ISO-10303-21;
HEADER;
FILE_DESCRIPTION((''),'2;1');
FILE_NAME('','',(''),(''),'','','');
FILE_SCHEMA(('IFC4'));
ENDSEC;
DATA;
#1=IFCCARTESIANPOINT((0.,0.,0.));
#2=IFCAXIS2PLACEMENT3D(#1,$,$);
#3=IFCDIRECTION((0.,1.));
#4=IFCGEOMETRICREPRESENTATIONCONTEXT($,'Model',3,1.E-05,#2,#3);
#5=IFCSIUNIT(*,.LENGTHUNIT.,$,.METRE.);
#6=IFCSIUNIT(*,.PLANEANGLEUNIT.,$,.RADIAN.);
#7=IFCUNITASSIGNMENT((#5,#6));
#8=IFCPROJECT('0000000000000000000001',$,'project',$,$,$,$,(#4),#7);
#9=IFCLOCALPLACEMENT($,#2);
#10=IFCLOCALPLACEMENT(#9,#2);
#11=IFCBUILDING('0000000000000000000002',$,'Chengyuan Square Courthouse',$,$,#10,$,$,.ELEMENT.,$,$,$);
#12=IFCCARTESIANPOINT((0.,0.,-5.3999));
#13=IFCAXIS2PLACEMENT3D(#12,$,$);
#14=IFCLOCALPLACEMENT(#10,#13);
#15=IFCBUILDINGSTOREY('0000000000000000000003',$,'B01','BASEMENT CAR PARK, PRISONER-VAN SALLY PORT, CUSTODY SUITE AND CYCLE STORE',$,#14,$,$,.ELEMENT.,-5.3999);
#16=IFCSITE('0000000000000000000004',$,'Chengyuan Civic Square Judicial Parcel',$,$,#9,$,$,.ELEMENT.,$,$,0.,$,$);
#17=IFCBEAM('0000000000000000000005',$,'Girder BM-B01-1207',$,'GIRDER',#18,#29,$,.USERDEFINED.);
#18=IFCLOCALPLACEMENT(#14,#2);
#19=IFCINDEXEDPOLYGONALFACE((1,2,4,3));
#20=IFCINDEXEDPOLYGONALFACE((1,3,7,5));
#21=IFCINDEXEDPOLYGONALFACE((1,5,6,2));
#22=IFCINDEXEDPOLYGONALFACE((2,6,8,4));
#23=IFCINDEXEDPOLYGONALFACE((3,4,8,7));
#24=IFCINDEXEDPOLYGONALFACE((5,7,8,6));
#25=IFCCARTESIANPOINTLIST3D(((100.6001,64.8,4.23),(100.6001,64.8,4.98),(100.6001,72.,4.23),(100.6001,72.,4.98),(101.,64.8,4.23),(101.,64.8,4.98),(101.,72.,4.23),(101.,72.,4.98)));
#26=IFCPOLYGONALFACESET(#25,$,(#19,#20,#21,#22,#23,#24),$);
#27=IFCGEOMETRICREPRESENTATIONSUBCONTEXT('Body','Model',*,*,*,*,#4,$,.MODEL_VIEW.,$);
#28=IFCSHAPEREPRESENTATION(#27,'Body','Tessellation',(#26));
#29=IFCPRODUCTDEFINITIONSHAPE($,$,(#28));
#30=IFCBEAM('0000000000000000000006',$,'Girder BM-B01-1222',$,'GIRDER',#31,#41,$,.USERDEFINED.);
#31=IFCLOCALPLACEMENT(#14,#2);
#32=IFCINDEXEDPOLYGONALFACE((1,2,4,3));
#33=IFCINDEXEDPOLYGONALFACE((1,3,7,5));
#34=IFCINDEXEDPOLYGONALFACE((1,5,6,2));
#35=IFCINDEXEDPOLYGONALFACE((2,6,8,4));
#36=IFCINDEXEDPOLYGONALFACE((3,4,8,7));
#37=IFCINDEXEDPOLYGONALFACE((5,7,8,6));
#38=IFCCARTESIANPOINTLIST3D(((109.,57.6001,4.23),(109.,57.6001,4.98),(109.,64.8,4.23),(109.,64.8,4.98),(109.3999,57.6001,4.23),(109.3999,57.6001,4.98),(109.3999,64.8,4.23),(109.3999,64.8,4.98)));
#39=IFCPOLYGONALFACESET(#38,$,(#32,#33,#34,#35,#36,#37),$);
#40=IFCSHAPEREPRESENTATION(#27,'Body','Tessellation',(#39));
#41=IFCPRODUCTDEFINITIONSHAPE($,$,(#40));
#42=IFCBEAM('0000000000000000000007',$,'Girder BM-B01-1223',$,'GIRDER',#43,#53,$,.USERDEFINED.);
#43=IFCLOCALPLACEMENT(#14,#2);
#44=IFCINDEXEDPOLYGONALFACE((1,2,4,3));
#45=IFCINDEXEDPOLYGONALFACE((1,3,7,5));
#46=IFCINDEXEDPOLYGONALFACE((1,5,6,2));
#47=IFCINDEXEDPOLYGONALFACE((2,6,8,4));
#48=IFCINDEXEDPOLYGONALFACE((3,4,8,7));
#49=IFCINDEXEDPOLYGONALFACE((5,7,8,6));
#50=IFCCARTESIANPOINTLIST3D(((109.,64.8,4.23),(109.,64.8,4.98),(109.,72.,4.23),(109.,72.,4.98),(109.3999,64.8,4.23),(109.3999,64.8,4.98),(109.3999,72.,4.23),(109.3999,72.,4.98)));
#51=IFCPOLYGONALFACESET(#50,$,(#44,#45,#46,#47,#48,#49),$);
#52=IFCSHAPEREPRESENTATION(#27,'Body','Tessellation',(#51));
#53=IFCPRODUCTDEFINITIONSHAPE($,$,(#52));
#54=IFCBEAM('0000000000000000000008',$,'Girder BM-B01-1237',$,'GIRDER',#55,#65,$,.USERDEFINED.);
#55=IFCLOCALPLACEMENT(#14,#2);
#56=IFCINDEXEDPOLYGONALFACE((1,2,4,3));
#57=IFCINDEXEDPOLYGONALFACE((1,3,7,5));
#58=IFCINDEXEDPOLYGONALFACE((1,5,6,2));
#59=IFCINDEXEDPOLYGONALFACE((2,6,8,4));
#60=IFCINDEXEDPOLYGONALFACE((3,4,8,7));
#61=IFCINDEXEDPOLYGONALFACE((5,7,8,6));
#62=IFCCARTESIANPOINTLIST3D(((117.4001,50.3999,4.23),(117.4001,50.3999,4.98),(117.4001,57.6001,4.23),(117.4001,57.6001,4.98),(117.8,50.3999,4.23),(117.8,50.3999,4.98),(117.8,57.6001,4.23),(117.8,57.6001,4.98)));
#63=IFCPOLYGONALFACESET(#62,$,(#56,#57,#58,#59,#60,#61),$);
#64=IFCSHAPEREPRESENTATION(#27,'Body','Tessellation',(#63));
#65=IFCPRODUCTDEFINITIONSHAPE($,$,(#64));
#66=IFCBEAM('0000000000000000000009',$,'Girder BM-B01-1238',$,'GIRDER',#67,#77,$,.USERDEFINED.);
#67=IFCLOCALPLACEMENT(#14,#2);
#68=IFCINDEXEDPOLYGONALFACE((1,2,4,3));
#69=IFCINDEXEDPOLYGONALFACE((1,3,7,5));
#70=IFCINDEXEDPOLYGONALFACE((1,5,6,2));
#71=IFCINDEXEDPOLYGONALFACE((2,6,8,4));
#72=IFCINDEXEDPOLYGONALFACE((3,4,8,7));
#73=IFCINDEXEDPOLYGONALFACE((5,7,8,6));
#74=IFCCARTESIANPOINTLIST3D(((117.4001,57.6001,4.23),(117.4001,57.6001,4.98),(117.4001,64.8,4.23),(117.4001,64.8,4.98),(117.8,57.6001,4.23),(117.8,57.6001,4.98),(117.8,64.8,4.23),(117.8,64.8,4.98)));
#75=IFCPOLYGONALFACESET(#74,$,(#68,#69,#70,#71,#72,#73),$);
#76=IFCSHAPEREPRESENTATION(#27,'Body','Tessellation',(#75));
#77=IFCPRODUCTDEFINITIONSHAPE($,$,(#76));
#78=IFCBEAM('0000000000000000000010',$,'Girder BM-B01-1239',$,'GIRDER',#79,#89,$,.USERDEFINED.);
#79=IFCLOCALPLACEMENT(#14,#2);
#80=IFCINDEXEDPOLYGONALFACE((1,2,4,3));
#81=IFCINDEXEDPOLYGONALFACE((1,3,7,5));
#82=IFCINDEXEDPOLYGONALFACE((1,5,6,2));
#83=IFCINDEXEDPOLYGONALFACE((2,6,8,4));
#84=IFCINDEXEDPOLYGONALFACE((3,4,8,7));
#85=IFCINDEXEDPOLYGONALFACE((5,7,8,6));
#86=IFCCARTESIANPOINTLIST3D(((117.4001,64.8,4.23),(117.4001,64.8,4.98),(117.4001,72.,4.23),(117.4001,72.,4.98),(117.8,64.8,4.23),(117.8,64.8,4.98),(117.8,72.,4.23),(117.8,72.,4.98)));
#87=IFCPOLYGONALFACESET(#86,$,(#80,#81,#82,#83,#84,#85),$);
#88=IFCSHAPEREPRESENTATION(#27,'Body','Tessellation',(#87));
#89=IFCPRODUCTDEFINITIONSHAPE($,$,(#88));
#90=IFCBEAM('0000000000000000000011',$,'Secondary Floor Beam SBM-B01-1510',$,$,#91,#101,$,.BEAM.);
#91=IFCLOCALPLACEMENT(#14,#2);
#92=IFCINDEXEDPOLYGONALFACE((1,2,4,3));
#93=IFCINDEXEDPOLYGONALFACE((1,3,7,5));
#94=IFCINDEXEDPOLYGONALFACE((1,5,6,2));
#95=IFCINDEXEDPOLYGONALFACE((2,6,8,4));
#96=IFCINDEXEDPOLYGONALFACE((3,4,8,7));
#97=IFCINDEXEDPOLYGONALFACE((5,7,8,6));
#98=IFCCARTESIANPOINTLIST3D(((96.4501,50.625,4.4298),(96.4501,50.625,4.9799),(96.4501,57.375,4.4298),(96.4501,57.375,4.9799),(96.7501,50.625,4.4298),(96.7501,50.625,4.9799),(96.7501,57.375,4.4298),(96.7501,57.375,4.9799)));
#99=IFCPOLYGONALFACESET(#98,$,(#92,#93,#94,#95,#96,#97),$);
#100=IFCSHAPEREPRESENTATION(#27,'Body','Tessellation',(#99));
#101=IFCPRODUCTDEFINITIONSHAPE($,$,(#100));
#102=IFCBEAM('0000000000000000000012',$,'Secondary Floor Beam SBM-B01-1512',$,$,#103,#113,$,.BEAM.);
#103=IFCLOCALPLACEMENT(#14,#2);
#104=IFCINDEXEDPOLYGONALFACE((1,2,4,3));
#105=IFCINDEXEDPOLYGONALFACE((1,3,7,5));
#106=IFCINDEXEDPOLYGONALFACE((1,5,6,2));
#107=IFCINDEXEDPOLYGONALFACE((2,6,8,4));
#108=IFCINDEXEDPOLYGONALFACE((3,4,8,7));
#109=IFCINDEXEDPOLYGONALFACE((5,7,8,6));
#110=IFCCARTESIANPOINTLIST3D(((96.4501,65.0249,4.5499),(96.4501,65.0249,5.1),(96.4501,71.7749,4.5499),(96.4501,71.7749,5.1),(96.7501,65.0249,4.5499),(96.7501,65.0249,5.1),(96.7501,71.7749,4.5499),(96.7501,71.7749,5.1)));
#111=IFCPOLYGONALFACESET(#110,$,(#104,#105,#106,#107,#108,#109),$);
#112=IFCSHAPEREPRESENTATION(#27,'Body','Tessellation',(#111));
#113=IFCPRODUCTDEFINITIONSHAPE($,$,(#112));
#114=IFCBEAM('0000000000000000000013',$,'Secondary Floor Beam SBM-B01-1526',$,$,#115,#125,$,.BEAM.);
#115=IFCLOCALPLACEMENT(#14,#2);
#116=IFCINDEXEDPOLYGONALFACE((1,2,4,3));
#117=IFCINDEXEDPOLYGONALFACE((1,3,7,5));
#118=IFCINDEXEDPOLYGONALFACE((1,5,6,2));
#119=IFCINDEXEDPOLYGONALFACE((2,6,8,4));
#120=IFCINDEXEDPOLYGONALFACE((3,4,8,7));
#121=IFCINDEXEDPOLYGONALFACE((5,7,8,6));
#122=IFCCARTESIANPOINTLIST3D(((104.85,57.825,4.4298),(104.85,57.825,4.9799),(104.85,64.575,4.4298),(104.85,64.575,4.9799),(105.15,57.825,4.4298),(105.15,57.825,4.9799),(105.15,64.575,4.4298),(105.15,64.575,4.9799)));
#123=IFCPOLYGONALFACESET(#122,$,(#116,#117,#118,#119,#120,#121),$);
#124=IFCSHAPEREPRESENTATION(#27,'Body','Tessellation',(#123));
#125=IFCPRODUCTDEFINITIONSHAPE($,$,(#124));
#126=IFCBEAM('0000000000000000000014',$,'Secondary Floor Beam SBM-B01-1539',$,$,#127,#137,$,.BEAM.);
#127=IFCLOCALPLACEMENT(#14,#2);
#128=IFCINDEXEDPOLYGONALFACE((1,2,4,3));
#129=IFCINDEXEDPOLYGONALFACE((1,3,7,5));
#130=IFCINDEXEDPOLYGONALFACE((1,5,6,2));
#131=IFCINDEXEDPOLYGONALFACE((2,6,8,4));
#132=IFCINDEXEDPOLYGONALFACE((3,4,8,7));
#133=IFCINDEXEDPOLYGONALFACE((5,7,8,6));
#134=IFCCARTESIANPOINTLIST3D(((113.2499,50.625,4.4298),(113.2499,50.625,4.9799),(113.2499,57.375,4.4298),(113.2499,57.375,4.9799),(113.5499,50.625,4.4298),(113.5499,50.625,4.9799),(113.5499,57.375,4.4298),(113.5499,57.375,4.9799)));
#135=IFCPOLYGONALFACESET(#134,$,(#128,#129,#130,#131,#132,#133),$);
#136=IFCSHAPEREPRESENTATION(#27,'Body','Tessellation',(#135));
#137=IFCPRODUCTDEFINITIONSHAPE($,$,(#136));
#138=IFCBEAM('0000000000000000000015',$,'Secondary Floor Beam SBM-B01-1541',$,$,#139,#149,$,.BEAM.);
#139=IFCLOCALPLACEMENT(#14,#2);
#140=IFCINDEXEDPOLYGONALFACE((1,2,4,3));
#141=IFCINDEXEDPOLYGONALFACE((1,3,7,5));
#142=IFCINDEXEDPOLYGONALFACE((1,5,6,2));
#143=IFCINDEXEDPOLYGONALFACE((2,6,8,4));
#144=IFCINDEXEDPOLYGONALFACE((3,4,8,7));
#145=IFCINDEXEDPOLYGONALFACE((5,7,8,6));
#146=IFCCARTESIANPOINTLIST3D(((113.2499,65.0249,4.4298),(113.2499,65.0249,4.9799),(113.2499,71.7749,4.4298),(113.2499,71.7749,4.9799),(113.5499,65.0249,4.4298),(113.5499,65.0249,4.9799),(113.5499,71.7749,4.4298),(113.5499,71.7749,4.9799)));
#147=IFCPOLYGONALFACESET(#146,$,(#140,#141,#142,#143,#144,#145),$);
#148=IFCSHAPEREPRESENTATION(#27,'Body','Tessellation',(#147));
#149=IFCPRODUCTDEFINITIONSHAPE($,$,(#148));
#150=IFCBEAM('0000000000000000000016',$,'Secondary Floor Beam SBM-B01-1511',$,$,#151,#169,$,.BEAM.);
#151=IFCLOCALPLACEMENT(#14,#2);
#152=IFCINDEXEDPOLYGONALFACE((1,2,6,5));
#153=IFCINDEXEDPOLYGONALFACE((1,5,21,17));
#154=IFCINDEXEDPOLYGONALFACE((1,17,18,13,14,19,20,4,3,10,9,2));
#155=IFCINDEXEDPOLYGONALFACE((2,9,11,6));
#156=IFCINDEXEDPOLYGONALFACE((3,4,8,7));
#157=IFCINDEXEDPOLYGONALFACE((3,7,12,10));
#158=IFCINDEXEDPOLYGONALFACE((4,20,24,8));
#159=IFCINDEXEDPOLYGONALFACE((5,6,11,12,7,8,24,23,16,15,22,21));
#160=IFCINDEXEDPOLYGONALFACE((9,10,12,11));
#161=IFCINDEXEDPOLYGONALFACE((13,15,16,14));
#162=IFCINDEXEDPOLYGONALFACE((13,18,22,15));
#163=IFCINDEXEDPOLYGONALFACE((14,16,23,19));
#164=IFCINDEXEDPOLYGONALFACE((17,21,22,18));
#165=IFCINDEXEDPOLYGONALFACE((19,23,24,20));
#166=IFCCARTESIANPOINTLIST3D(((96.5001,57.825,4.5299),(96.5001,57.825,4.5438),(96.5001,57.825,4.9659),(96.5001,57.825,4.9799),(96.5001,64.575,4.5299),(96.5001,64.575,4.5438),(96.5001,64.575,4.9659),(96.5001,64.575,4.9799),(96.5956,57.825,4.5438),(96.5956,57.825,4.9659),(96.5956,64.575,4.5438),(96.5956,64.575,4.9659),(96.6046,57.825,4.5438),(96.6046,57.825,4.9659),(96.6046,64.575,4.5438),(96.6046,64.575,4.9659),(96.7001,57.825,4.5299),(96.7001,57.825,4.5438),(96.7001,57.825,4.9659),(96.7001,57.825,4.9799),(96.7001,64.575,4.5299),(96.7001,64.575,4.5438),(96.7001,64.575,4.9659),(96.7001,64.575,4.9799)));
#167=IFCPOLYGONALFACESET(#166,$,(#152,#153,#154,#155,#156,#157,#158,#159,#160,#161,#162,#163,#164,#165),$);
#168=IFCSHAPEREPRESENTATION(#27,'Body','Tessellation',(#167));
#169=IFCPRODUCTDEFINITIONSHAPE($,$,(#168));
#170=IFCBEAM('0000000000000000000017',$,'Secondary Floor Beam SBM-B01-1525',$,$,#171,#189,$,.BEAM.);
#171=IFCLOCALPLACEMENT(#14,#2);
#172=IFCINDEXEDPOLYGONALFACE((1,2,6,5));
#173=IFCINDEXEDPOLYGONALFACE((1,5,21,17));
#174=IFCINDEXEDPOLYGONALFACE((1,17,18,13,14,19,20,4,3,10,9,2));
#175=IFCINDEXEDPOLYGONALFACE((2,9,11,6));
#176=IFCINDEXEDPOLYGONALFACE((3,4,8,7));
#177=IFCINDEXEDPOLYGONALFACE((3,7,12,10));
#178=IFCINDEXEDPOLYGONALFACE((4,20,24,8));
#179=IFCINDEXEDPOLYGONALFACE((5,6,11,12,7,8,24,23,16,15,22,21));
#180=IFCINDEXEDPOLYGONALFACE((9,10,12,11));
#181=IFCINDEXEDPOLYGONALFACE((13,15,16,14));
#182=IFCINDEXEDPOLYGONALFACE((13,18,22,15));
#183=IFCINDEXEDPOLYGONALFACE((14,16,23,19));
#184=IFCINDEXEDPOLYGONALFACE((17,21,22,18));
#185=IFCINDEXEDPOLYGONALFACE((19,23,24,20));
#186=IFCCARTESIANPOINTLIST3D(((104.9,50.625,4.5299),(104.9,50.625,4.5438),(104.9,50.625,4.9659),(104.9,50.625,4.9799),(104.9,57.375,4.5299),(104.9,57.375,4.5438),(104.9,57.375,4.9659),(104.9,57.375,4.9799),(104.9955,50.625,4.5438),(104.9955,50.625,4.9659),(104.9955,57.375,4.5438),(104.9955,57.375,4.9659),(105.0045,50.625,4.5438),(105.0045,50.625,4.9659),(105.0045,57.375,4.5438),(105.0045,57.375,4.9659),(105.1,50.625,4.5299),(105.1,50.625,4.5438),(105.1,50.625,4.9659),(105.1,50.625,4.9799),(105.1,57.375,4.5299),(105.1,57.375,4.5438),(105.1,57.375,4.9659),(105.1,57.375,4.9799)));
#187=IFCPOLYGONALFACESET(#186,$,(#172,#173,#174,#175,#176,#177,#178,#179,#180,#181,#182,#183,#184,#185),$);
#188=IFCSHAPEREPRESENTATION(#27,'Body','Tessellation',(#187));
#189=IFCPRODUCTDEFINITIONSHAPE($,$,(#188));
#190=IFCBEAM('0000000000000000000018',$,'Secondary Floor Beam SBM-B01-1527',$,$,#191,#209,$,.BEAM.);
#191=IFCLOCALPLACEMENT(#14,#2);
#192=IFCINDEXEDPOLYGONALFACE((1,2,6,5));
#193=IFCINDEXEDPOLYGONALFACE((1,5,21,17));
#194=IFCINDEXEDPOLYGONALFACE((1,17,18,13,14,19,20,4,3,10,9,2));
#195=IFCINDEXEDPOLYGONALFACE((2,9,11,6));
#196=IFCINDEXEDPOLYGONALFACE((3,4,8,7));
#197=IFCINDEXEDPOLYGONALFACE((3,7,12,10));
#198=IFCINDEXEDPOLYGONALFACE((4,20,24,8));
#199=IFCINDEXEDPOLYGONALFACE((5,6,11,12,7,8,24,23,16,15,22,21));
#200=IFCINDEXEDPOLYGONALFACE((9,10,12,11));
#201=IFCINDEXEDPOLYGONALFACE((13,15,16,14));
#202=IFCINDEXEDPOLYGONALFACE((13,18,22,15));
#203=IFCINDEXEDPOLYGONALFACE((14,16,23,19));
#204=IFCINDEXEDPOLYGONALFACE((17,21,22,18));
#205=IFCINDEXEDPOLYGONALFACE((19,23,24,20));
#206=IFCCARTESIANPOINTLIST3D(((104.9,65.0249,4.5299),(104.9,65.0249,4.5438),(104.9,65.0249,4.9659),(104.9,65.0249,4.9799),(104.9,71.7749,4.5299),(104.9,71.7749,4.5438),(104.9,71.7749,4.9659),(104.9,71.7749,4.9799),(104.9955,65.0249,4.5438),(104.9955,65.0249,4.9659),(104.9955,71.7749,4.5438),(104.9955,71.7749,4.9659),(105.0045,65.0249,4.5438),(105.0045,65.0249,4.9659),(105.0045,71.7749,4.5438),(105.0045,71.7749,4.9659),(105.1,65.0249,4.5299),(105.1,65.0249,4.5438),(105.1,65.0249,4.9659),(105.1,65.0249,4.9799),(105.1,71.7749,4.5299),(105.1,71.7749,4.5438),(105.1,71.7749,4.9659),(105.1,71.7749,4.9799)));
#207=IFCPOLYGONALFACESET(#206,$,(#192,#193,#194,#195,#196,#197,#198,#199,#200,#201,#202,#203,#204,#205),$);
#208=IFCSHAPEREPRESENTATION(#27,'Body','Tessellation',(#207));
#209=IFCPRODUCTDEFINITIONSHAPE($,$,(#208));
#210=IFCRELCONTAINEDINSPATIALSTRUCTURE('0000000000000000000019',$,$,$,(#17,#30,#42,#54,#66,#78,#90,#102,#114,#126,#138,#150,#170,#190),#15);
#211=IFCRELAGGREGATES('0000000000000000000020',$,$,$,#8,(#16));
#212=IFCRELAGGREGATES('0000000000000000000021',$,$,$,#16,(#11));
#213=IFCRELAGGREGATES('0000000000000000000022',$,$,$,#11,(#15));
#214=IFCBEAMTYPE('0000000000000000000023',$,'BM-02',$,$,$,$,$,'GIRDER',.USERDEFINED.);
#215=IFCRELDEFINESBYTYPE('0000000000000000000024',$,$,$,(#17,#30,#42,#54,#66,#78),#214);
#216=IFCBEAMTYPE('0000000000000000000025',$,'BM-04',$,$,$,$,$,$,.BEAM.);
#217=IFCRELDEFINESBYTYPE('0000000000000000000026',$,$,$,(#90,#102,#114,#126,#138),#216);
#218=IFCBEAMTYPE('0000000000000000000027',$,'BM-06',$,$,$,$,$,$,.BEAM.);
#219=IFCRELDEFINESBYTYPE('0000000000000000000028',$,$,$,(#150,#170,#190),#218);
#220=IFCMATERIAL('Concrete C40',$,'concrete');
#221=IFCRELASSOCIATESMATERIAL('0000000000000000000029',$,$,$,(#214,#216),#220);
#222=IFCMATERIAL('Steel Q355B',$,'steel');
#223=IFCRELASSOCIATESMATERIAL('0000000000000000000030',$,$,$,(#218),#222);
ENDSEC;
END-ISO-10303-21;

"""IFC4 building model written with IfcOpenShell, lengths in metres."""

from ifc_helpers import new_model, si_unit, direction, frame, origin, origin_2d, place, context, subcontext, project, spatial, rectangle, i_section, extrude, material, material_profile, profile_set, type_object, element, save


model = new_model("IFC4")

# Units and contexts
model_context = context("Model", 3, precision=1e-05, world=origin(), true_north=direction((0.0, 1.0)))
body_context = subcontext(model_context, "Body", "Model", "MODEL_VIEW")
ifc_project = project(units=[si_unit("LENGTHUNIT", "METRE"), si_unit("PLANEANGLEUNIT", "RADIAN")], contexts=[model_context])

# Site, building, storey
site_placement = place(None, origin())
site = spatial("IfcSite", under=ifc_project, at=site_placement, Name="Chengyuan Civic Square Judicial Parcel", CompositionType="ELEMENT", RefElevation=0.0)
building_placement = place(site_placement, origin())
building = spatial("IfcBuilding", under=site, at=building_placement, Name="Chengyuan Square Courthouse", CompositionType="ELEMENT")
storey_placement = place(building_placement, frame((0.0, 0.0, -5.3999)))
storey = spatial("IfcBuildingStorey", under=building, at=storey_placement, Name="B01", Description="BASEMENT CAR PARK, PRISONER-VAN SALLY PORT, CUSTODY SUITE AND CYCLE STORE", CompositionType="ELEMENT", Elevation=-5.3999)

# Beams
ifc_material_1 = material(Name="Concrete C40", Category="concrete")
ifc_material_profile_1 = material_profile(ifc_material_1, rectangle(XDim=0.3999, YDim=0.75, at=origin_2d()), Name="RC-BM-400x750")
ifc_profile_set_1 = profile_set([ifc_material_profile_1], Name="Concrete C40")
beam_type_1 = type_object("IfcBeamType", Name="BM-02", ElementType="GIRDER", PredefinedType="USERDEFINED", material=ifc_profile_set_1)
for number, where, z_axis, x_axis, name in (
    (1, (100.8, 64.8, 4.605), (0.0, 1.0, 0.0), (-1.0, 0.0, 0.0), "Girder BM-B01-1207"),
    (2, (109.2, 57.6001, 4.605), (0.0, 1.0, 0.0), (-1.0, 0.0, 0.0), "Girder BM-B01-1222"),
    (3, (109.2, 64.8, 4.605), (0.0, 1.0, 0.0), (-1.0, 0.0, 0.0), "Girder BM-B01-1223"),
):
    element("IfcBeam", number, at=place(storey_placement, frame(where, z_axis=z_axis, x_axis=x_axis)), inside=storey, type_object=beam_type_1, Name=name, ObjectType="GIRDER", PredefinedType="USERDEFINED", context=body_context, shape_type="SweptSolid", body=[
        extrude(rectangle(XDim=0.3999, YDim=0.75, at=origin_2d()), origin(), (0.0, 0.0, 1.0), 7.2),
    ])
beam_1_placement = place(storey_placement, frame((117.6001, 50.3999, 4.605), z_axis=(0.0, 1.0, 0.0), x_axis=(-1.0, 0.0, 0.0)))
element("IfcBeam", 4, at=beam_1_placement, inside=storey, type_object=beam_type_1, Name="Girder BM-B01-1237", ObjectType="GIRDER", PredefinedType="USERDEFINED", context=body_context, shape_type="SweptSolid", body=[
    extrude(rectangle(XDim=0.3999, YDim=0.75, at=origin_2d()), origin(), (0.0, 0.0, 1.0), 7.2002),
])
for number, where, z_axis, x_axis, name in (
    (5, (117.6001, 57.6001, 4.605), (0.0, 1.0, 0.0), (-1.0, 0.0, 0.0), "Girder BM-B01-1238"),
    (6, (117.6001, 64.8, 4.605), (0.0, 1.0, 0.0), (-1.0, 0.0, 0.0), "Girder BM-B01-1239"),
):
    element("IfcBeam", number, at=place(storey_placement, frame(where, z_axis=z_axis, x_axis=x_axis)), inside=storey, type_object=beam_type_1, Name=name, ObjectType="GIRDER", PredefinedType="USERDEFINED", context=body_context, shape_type="SweptSolid", body=[
        extrude(rectangle(XDim=0.3999, YDim=0.75, at=origin_2d()), origin(), (0.0, 0.0, 1.0), 7.2),
    ])
ifc_material_profile_2 = material_profile(ifc_material_1, rectangle(XDim=0.3, YDim=0.55, at=origin_2d()), Name="RC-BM-300x550")
ifc_profile_set_2 = profile_set([ifc_material_profile_2], Name="Concrete C40")
beam_type_2 = type_object("IfcBeamType", Name="BM-04", PredefinedType="BEAM", material=ifc_profile_set_2)
for number, where, z_axis, x_axis, name in (
    (7, (96.6001, 50.625, 4.7048), (0.0, 1.0, 0.0), (-1.0, 0.0, 0.0), "Secondary Floor Beam SBM-B01-1510"),
    (8, (96.6001, 65.0249, 4.825), (0.0, 1.0, 0.0), (-1.0, 0.0, 0.0), "Secondary Floor Beam SBM-B01-1512"),
    (9, (105.0, 57.825, 4.7048), (0.0, 1.0, 0.0), (-1.0, 0.0, 0.0), "Secondary Floor Beam SBM-B01-1526"),
    (10, (113.3999, 50.625, 4.7048), (0.0, 1.0, 0.0), (-1.0, 0.0, 0.0), "Secondary Floor Beam SBM-B01-1539"),
    (11, (113.3999, 65.0249, 4.7048), (0.0, 1.0, 0.0), (-1.0, 0.0, 0.0), "Secondary Floor Beam SBM-B01-1541"),
):
    element("IfcBeam", number, at=place(storey_placement, frame(where, z_axis=z_axis, x_axis=x_axis)), inside=storey, type_object=beam_type_2, Name=name, PredefinedType="BEAM", context=body_context, shape_type="SweptSolid", body=[
        extrude(rectangle(XDim=0.3, YDim=0.55, at=origin_2d()), origin(), (0.0, 0.0, 1.0), 6.75),
    ])
ifc_material_2 = material(Name="Steel Q355B", Category="steel")
ifc_material_profile_3 = material_profile(ifc_material_2, i_section(OverallWidth=0.2, OverallDepth=0.45, WebThickness=0.009, FlangeThickness=0.0139, at=origin_2d()), Name="HN 450x200x9x14")
ifc_profile_set_3 = profile_set([ifc_material_profile_3], Name="Steel Q355B")
beam_type_3 = type_object("IfcBeamType", Name="BM-06", PredefinedType="BEAM", material=ifc_profile_set_3)
for number, where, z_axis, x_axis, name in (
    (12, (96.6001, 57.825, 4.7549), (0.0, 1.0, 0.0), (-1.0, 0.0, 0.0), "Secondary Floor Beam SBM-B01-1511"),
    (13, (105.0, 50.625, 4.7549), (0.0, 1.0, 0.0), (-1.0, 0.0, 0.0), "Secondary Floor Beam SBM-B01-1525"),
    (14, (105.0, 65.0249, 4.7549), (0.0, 1.0, 0.0), (-1.0, 0.0, 0.0), "Secondary Floor Beam SBM-B01-1527"),
):
    element("IfcBeam", number, at=place(storey_placement, frame(where, z_axis=z_axis, x_axis=x_axis)), inside=storey, type_object=beam_type_3, Name=name, PredefinedType="BEAM", context=body_context, shape_type="SweptSolid", body=[
        extrude(i_section(OverallWidth=0.2, OverallDepth=0.45, WebThickness=0.009, FlangeThickness=0.0139, at=origin_2d()), origin(), (0.0, 0.0, 1.0), 6.75),
    ])

save(model, "model.ifc")
